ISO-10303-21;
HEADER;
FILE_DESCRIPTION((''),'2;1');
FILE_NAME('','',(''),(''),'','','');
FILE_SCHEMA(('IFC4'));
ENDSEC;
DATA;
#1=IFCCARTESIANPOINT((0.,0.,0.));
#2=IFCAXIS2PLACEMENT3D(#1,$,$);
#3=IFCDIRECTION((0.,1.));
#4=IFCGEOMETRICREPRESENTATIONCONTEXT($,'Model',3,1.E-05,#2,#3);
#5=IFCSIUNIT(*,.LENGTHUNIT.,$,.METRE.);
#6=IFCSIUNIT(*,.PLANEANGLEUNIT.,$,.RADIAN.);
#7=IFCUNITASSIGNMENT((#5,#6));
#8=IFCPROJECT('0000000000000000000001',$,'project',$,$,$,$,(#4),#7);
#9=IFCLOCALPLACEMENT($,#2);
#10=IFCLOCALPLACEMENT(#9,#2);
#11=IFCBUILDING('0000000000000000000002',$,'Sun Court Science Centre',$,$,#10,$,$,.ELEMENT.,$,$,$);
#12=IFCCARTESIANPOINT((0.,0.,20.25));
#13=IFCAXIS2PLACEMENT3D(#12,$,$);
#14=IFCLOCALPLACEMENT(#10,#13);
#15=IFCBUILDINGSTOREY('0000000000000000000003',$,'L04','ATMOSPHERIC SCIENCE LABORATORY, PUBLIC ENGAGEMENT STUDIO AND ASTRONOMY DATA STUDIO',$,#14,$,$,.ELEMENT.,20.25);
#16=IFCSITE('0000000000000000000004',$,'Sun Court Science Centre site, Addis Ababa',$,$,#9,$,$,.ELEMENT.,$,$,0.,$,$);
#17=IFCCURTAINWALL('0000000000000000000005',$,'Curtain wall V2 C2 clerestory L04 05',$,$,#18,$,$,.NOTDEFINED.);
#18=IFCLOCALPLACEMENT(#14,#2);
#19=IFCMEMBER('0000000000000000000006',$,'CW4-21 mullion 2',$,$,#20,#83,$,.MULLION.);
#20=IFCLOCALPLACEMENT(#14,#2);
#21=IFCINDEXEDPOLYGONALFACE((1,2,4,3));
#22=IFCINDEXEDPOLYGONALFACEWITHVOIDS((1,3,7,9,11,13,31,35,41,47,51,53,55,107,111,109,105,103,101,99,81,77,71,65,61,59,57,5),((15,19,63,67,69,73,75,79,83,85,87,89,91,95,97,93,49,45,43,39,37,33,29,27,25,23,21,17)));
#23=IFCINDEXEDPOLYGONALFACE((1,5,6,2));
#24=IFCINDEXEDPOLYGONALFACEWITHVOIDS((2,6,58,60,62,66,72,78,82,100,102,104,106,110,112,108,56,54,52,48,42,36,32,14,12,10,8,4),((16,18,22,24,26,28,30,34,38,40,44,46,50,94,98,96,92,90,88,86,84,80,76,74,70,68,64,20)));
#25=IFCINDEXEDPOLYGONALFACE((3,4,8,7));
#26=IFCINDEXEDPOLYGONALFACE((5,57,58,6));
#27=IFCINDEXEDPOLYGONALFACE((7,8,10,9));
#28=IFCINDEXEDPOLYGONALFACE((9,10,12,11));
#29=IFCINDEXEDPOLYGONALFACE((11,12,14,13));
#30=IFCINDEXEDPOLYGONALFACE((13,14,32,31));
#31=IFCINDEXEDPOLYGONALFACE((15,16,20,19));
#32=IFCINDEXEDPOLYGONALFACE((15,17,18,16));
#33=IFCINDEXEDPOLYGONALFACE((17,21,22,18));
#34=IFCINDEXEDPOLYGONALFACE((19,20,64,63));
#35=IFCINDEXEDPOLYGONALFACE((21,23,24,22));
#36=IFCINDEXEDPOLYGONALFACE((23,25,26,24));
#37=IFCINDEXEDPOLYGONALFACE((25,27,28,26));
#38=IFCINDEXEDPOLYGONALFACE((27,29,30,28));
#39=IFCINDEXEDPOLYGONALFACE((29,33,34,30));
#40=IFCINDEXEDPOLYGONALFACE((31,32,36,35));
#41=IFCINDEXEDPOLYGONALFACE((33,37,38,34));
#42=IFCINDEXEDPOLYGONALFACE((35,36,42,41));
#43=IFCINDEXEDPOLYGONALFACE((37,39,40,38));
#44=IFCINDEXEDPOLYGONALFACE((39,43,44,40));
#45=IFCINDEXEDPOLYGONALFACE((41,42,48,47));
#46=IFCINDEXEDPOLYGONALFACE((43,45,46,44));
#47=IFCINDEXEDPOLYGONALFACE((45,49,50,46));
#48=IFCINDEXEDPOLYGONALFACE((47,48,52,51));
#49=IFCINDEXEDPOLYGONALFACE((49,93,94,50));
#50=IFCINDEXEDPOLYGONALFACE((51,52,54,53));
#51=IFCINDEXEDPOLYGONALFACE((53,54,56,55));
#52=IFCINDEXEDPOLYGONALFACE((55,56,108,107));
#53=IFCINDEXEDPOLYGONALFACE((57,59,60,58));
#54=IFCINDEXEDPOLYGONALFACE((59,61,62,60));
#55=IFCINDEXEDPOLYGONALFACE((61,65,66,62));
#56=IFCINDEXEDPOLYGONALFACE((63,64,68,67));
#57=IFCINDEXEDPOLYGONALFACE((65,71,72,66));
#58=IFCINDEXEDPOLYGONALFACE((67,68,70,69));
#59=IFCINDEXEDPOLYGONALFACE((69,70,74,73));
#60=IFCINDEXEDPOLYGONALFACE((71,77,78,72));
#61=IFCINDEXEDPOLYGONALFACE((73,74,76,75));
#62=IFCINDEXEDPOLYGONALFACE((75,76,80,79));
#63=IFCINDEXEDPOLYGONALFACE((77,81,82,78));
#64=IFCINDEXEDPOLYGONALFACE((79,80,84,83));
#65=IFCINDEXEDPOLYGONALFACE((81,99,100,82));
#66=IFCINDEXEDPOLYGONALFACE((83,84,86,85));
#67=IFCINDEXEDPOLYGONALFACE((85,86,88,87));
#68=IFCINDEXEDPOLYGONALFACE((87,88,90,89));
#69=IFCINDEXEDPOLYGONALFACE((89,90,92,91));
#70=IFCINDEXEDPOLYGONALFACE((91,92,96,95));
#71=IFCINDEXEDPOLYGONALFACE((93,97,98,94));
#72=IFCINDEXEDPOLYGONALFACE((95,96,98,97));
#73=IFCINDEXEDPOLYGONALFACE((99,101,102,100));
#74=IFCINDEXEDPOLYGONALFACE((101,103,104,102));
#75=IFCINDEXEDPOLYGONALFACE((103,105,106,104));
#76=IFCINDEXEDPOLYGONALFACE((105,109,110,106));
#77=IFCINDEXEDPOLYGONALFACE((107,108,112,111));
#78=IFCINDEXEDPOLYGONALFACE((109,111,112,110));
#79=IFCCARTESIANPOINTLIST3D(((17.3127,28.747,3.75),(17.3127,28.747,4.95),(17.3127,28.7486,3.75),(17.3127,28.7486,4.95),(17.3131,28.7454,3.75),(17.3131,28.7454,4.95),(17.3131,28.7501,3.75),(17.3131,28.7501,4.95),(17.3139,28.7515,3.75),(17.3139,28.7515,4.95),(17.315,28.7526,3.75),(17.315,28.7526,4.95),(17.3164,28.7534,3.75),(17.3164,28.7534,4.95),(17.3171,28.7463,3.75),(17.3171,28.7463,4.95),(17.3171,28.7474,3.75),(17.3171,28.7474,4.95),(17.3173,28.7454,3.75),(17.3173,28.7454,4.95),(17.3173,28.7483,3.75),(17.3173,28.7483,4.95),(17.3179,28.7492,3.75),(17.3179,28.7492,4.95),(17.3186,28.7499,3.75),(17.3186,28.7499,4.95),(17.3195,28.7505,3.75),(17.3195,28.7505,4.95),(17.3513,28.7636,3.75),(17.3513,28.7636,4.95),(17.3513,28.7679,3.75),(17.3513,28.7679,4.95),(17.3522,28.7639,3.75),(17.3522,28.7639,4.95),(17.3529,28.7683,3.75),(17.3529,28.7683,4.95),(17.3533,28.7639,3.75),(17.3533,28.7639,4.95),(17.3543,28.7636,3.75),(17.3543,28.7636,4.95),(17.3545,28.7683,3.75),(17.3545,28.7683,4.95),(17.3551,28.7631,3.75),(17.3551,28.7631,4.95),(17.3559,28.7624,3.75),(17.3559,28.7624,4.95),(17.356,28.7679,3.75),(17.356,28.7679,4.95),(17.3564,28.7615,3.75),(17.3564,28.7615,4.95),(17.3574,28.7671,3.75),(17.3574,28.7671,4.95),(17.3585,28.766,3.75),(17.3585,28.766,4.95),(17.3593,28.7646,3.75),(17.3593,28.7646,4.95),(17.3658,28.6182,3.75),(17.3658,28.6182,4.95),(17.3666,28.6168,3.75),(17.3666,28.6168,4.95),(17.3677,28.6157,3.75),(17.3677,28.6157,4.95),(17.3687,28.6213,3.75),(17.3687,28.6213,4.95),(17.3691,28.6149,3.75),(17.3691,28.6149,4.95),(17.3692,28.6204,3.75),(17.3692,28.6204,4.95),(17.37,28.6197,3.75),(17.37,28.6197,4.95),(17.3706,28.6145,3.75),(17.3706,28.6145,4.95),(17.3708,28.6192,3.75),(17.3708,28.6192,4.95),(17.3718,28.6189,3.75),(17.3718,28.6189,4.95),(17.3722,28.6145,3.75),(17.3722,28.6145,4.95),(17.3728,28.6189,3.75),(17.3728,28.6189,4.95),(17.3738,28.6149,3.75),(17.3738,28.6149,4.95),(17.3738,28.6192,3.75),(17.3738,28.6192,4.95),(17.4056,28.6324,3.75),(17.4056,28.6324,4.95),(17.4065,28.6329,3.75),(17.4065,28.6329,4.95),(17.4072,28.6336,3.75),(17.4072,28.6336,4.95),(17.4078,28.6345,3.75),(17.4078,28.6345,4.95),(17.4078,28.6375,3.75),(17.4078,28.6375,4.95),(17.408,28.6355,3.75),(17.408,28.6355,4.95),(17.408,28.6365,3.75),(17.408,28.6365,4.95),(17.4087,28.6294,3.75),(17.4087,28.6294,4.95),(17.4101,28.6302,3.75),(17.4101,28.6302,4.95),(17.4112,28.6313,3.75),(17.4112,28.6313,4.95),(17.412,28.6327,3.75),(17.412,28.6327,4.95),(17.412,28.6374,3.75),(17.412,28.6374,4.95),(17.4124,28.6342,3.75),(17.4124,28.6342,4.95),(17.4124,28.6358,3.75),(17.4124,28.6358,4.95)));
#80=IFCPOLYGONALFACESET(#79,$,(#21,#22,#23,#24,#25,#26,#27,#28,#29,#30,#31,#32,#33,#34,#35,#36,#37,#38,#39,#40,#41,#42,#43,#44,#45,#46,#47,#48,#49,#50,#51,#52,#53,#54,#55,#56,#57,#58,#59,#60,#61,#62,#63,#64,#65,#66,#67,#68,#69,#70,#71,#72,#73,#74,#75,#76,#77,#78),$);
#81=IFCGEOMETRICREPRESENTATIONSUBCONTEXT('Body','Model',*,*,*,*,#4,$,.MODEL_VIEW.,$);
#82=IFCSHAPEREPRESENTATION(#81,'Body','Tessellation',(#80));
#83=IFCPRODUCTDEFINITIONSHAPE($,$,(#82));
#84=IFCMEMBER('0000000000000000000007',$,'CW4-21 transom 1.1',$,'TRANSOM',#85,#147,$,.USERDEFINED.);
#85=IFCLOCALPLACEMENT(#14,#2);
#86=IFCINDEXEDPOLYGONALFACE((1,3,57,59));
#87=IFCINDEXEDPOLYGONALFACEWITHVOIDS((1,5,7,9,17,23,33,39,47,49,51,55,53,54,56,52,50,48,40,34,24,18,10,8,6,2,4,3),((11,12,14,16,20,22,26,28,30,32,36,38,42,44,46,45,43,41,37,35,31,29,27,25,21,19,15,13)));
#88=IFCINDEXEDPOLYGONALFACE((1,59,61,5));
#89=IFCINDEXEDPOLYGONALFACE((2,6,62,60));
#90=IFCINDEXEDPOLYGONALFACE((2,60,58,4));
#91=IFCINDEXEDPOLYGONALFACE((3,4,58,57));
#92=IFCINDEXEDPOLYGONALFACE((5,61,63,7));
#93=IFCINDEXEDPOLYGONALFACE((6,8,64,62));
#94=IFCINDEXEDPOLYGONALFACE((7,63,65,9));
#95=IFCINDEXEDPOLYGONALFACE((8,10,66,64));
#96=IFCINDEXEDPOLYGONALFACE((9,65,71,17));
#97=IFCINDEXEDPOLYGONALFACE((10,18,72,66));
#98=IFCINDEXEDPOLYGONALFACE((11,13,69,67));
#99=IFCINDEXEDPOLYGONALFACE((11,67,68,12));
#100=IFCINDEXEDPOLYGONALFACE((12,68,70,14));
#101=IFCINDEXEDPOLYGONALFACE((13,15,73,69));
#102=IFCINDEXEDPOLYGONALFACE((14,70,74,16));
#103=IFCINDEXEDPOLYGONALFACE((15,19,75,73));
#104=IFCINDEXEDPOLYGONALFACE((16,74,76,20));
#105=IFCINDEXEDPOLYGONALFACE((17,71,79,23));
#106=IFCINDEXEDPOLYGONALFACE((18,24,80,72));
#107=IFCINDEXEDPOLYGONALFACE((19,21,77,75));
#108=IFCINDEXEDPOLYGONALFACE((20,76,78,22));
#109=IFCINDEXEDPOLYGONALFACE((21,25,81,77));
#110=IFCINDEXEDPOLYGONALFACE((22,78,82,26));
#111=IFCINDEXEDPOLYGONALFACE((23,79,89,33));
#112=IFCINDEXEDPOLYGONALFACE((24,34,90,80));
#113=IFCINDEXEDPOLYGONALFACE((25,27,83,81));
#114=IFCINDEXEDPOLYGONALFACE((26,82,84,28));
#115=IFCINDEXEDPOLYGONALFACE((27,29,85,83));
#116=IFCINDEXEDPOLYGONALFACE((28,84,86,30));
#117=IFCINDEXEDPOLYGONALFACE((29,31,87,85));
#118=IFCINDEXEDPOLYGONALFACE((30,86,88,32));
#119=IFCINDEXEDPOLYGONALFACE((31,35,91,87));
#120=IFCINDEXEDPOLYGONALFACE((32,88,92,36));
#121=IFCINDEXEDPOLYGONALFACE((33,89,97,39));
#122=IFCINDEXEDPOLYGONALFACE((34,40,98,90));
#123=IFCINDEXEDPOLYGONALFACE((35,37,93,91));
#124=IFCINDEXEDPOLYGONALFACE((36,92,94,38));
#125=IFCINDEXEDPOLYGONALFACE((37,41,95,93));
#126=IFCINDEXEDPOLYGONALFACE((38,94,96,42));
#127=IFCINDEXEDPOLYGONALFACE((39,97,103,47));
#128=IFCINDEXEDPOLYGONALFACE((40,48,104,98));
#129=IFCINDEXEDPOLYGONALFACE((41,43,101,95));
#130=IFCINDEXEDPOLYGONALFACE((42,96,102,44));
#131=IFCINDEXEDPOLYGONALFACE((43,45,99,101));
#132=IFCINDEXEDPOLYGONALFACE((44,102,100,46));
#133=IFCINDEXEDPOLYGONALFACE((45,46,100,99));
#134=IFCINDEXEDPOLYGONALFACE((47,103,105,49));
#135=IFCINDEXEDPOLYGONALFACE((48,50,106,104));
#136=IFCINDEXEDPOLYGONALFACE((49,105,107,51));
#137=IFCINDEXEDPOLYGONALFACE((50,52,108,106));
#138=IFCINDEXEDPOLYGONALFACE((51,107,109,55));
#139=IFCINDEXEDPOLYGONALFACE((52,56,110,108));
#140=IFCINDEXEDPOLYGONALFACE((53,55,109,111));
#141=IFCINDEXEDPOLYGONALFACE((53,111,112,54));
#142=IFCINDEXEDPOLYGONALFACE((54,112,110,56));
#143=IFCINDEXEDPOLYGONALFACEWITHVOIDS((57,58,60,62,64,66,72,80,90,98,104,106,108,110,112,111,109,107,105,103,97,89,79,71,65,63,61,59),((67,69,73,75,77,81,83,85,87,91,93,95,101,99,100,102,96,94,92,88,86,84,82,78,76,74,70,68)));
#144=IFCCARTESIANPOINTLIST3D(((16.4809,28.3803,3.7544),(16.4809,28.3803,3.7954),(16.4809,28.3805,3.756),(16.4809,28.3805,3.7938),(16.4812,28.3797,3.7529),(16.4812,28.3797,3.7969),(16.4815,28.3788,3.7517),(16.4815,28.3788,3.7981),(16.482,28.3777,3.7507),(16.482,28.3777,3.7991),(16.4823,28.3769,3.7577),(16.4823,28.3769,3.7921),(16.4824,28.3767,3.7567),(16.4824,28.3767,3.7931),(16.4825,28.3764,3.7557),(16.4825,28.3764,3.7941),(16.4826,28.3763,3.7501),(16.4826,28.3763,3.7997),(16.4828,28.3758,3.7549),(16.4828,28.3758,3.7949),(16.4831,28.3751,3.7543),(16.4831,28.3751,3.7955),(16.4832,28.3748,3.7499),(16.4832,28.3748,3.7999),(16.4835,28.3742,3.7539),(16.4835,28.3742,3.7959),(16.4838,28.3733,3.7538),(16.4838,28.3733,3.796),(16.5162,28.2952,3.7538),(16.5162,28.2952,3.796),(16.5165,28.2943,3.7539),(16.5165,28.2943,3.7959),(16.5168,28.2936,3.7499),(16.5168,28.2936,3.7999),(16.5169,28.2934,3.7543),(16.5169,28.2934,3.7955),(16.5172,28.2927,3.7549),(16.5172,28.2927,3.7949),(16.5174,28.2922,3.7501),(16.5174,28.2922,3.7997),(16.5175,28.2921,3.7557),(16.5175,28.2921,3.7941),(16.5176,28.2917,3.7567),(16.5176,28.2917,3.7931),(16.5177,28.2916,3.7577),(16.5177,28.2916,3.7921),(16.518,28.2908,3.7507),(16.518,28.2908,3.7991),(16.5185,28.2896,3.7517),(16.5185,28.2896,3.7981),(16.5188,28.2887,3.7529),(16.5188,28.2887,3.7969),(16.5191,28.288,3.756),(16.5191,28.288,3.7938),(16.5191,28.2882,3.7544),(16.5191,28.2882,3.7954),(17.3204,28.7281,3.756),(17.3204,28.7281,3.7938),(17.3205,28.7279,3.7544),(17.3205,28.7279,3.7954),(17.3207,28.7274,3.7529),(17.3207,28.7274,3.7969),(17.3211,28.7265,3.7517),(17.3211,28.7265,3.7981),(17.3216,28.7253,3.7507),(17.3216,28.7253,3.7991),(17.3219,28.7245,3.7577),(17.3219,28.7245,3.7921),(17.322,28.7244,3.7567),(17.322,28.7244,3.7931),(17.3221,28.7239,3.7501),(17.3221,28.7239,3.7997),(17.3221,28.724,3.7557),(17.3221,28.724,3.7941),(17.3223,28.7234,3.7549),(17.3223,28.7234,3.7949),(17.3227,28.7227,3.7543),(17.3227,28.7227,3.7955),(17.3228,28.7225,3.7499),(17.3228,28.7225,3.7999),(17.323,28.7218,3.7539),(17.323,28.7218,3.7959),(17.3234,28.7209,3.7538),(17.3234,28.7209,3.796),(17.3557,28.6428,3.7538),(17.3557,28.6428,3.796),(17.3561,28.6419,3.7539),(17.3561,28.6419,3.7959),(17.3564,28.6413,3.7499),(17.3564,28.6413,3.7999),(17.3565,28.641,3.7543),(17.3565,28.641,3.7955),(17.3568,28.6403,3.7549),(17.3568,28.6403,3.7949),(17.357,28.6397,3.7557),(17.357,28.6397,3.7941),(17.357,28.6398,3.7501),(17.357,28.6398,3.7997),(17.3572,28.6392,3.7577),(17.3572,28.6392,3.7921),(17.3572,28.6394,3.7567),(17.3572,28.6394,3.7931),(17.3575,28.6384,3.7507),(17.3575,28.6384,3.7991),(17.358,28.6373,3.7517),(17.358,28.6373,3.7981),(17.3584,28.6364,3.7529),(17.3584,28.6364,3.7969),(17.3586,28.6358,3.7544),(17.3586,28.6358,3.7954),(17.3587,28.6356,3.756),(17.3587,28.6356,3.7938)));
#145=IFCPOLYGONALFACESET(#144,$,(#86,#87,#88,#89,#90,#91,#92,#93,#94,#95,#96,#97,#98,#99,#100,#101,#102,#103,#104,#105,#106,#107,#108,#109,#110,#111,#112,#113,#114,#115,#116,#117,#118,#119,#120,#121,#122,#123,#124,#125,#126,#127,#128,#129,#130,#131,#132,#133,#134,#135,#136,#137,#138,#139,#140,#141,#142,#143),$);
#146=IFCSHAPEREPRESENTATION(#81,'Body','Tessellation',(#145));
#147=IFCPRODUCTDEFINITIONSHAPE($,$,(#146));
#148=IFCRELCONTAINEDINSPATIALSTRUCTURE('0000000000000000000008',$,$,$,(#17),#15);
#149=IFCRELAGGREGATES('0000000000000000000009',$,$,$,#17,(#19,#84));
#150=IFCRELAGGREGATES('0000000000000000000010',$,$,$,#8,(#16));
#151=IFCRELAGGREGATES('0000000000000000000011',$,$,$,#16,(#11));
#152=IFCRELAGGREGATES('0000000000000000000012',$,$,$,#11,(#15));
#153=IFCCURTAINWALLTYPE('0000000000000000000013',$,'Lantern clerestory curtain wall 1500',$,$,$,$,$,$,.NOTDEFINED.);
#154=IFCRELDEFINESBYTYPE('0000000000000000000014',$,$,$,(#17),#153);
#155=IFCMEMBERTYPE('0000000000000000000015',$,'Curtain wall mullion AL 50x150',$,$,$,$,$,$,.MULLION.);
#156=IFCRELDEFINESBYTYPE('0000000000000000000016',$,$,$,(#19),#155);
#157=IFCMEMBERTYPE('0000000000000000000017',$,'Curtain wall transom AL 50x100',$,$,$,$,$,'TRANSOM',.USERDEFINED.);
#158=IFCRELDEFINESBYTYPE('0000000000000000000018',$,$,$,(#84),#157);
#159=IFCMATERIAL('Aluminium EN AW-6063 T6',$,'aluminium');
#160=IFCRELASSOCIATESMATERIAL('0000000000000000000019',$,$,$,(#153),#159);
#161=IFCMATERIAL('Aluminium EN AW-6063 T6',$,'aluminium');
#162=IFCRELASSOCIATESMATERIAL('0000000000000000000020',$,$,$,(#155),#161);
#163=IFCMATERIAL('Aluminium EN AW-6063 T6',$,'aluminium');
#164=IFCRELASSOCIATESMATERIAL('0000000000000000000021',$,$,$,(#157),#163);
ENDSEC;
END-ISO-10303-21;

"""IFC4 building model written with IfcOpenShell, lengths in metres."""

from ifc_helpers import new_model, si_unit, direction, frame, origin, origin_2d, place, context, subcontext, project, spatial, hollow_rectangle, extrude, material, material_profile, profile_set, type_object, element, aggregate, save


model = new_model("IFC4")

# Units and contexts
model_context = context("Model", 3, precision=1e-05, world=origin(), true_north=direction((0.0, 1.0)))
body_context = subcontext(model_context, "Body", "Model", "MODEL_VIEW")
ifc_project = project(units=[si_unit("LENGTHUNIT", "METRE"), si_unit("PLANEANGLEUNIT", "RADIAN")], contexts=[model_context])

# Site, building, storey
site_placement = place(None, origin())
site = spatial("IfcSite", under=ifc_project, at=site_placement, Name="Sun Court Science Centre site, Addis Ababa", CompositionType="ELEMENT", RefElevation=0.0)
building_placement = place(site_placement, origin())
building = spatial("IfcBuilding", under=site, at=building_placement, Name="Sun Court Science Centre", CompositionType="ELEMENT")
storey_placement = place(building_placement, frame((0.0, 0.0, 20.25)))
storey = spatial("IfcBuildingStorey", under=building, at=storey_placement, Name="L04", Description="ATMOSPHERIC SCIENCE LABORATORY, PUBLIC ENGAGEMENT STUDIO AND ASTRONOMY DATA STUDIO", CompositionType="ELEMENT", Elevation=20.25)

# Curtain wall, members
ifc_material_1 = material(Name="Aluminium EN AW-6063 T6", Category="aluminium")
curtain_wall_type = type_object("IfcCurtainWallType", Name="Lantern clerestory curtain wall 1500", PredefinedType="NOTDEFINED", material=ifc_material_1)
curtain_wall_1_placement = place(storey_placement, origin())
curtain_wall_1 = element("IfcCurtainWall", 1, at=curtain_wall_1_placement, inside=storey, type_object=curtain_wall_type, Name="Curtain wall V2 C2 clerestory L04 05", PredefinedType="NOTDEFINED")
ifc_material_2 = material(Name="Aluminium EN AW-6063 T6", Category="aluminium")
ifc_material_profile_1 = material_profile(ifc_material_2, hollow_rectangle(XDim=0.05, YDim=0.1499, WallThickness=0.0039, InnerFilletRadius=0.0039, OuterFilletRadius=0.0061, at=origin_2d()), Name="AL 50x150x4")
ifc_profile_set_1 = profile_set([ifc_material_profile_1], Name="Aluminium EN AW-6063 T6")
member_type_1 = type_object("IfcMemberType", Name="Curtain wall mullion AL 50x150", PredefinedType="MULLION", material=ifc_profile_set_1)
member_1_placement = place(storey_placement, frame((17.3625, 28.6914, 3.75), z_axis=(0.0, 0.0, 1.0), x_axis=(0.92388, 0.382683, 0.0)))
member_1 = element("IfcMember", 2, at=member_1_placement, type_object=member_type_1, Name="CW4-21 mullion 2", PredefinedType="MULLION", context=body_context, shape_type="SweptSolid", body=[
    extrude(hollow_rectangle(XDim=0.05, YDim=0.1499, WallThickness=0.0039, InnerFilletRadius=0.0039, OuterFilletRadius=0.0061, at=origin_2d()), origin(), (0.0, 0.0, 1.0), 1.2),
])
ifc_material_3 = material(Name="Aluminium EN AW-6063 T6", Category="aluminium")
ifc_material_profile_2 = material_profile(ifc_material_3, hollow_rectangle(XDim=0.05, YDim=0.1001, WallThickness=0.0039, InnerFilletRadius=0.0039, OuterFilletRadius=0.0061, at=origin_2d()), Name="AL 50x100x4")
ifc_profile_set_2 = profile_set([ifc_material_profile_2], Name="Aluminium EN AW-6063 T6")
member_type_2 = type_object("IfcMemberType", Name="Curtain wall transom AL 50x100", ElementType="TRANSOM", PredefinedType="USERDEFINED", material=ifc_profile_set_2)
member_2_placement = place(storey_placement, frame((16.5, 28.3342, 3.7749), z_axis=(0.923925, 0.382573, 0.0), x_axis=(0.0, 0.0, 1.0)))
member_2 = element("IfcMember", 3, at=member_2_placement, type_object=member_type_2, Name="CW4-21 transom 1.1", ObjectType="TRANSOM", PredefinedType="USERDEFINED", context=body_context, shape_type="SweptSolid", body=[
    extrude(hollow_rectangle(XDim=0.05, YDim=0.1001, WallThickness=0.0039, InnerFilletRadius=0.0039, OuterFilletRadius=0.0061, at=origin_2d()), origin(), (0.0, 0.0, 1.0), 0.9087),
])

aggregate(curtain_wall_1, [member_1, member_2])

save(model, "model.ifc")
